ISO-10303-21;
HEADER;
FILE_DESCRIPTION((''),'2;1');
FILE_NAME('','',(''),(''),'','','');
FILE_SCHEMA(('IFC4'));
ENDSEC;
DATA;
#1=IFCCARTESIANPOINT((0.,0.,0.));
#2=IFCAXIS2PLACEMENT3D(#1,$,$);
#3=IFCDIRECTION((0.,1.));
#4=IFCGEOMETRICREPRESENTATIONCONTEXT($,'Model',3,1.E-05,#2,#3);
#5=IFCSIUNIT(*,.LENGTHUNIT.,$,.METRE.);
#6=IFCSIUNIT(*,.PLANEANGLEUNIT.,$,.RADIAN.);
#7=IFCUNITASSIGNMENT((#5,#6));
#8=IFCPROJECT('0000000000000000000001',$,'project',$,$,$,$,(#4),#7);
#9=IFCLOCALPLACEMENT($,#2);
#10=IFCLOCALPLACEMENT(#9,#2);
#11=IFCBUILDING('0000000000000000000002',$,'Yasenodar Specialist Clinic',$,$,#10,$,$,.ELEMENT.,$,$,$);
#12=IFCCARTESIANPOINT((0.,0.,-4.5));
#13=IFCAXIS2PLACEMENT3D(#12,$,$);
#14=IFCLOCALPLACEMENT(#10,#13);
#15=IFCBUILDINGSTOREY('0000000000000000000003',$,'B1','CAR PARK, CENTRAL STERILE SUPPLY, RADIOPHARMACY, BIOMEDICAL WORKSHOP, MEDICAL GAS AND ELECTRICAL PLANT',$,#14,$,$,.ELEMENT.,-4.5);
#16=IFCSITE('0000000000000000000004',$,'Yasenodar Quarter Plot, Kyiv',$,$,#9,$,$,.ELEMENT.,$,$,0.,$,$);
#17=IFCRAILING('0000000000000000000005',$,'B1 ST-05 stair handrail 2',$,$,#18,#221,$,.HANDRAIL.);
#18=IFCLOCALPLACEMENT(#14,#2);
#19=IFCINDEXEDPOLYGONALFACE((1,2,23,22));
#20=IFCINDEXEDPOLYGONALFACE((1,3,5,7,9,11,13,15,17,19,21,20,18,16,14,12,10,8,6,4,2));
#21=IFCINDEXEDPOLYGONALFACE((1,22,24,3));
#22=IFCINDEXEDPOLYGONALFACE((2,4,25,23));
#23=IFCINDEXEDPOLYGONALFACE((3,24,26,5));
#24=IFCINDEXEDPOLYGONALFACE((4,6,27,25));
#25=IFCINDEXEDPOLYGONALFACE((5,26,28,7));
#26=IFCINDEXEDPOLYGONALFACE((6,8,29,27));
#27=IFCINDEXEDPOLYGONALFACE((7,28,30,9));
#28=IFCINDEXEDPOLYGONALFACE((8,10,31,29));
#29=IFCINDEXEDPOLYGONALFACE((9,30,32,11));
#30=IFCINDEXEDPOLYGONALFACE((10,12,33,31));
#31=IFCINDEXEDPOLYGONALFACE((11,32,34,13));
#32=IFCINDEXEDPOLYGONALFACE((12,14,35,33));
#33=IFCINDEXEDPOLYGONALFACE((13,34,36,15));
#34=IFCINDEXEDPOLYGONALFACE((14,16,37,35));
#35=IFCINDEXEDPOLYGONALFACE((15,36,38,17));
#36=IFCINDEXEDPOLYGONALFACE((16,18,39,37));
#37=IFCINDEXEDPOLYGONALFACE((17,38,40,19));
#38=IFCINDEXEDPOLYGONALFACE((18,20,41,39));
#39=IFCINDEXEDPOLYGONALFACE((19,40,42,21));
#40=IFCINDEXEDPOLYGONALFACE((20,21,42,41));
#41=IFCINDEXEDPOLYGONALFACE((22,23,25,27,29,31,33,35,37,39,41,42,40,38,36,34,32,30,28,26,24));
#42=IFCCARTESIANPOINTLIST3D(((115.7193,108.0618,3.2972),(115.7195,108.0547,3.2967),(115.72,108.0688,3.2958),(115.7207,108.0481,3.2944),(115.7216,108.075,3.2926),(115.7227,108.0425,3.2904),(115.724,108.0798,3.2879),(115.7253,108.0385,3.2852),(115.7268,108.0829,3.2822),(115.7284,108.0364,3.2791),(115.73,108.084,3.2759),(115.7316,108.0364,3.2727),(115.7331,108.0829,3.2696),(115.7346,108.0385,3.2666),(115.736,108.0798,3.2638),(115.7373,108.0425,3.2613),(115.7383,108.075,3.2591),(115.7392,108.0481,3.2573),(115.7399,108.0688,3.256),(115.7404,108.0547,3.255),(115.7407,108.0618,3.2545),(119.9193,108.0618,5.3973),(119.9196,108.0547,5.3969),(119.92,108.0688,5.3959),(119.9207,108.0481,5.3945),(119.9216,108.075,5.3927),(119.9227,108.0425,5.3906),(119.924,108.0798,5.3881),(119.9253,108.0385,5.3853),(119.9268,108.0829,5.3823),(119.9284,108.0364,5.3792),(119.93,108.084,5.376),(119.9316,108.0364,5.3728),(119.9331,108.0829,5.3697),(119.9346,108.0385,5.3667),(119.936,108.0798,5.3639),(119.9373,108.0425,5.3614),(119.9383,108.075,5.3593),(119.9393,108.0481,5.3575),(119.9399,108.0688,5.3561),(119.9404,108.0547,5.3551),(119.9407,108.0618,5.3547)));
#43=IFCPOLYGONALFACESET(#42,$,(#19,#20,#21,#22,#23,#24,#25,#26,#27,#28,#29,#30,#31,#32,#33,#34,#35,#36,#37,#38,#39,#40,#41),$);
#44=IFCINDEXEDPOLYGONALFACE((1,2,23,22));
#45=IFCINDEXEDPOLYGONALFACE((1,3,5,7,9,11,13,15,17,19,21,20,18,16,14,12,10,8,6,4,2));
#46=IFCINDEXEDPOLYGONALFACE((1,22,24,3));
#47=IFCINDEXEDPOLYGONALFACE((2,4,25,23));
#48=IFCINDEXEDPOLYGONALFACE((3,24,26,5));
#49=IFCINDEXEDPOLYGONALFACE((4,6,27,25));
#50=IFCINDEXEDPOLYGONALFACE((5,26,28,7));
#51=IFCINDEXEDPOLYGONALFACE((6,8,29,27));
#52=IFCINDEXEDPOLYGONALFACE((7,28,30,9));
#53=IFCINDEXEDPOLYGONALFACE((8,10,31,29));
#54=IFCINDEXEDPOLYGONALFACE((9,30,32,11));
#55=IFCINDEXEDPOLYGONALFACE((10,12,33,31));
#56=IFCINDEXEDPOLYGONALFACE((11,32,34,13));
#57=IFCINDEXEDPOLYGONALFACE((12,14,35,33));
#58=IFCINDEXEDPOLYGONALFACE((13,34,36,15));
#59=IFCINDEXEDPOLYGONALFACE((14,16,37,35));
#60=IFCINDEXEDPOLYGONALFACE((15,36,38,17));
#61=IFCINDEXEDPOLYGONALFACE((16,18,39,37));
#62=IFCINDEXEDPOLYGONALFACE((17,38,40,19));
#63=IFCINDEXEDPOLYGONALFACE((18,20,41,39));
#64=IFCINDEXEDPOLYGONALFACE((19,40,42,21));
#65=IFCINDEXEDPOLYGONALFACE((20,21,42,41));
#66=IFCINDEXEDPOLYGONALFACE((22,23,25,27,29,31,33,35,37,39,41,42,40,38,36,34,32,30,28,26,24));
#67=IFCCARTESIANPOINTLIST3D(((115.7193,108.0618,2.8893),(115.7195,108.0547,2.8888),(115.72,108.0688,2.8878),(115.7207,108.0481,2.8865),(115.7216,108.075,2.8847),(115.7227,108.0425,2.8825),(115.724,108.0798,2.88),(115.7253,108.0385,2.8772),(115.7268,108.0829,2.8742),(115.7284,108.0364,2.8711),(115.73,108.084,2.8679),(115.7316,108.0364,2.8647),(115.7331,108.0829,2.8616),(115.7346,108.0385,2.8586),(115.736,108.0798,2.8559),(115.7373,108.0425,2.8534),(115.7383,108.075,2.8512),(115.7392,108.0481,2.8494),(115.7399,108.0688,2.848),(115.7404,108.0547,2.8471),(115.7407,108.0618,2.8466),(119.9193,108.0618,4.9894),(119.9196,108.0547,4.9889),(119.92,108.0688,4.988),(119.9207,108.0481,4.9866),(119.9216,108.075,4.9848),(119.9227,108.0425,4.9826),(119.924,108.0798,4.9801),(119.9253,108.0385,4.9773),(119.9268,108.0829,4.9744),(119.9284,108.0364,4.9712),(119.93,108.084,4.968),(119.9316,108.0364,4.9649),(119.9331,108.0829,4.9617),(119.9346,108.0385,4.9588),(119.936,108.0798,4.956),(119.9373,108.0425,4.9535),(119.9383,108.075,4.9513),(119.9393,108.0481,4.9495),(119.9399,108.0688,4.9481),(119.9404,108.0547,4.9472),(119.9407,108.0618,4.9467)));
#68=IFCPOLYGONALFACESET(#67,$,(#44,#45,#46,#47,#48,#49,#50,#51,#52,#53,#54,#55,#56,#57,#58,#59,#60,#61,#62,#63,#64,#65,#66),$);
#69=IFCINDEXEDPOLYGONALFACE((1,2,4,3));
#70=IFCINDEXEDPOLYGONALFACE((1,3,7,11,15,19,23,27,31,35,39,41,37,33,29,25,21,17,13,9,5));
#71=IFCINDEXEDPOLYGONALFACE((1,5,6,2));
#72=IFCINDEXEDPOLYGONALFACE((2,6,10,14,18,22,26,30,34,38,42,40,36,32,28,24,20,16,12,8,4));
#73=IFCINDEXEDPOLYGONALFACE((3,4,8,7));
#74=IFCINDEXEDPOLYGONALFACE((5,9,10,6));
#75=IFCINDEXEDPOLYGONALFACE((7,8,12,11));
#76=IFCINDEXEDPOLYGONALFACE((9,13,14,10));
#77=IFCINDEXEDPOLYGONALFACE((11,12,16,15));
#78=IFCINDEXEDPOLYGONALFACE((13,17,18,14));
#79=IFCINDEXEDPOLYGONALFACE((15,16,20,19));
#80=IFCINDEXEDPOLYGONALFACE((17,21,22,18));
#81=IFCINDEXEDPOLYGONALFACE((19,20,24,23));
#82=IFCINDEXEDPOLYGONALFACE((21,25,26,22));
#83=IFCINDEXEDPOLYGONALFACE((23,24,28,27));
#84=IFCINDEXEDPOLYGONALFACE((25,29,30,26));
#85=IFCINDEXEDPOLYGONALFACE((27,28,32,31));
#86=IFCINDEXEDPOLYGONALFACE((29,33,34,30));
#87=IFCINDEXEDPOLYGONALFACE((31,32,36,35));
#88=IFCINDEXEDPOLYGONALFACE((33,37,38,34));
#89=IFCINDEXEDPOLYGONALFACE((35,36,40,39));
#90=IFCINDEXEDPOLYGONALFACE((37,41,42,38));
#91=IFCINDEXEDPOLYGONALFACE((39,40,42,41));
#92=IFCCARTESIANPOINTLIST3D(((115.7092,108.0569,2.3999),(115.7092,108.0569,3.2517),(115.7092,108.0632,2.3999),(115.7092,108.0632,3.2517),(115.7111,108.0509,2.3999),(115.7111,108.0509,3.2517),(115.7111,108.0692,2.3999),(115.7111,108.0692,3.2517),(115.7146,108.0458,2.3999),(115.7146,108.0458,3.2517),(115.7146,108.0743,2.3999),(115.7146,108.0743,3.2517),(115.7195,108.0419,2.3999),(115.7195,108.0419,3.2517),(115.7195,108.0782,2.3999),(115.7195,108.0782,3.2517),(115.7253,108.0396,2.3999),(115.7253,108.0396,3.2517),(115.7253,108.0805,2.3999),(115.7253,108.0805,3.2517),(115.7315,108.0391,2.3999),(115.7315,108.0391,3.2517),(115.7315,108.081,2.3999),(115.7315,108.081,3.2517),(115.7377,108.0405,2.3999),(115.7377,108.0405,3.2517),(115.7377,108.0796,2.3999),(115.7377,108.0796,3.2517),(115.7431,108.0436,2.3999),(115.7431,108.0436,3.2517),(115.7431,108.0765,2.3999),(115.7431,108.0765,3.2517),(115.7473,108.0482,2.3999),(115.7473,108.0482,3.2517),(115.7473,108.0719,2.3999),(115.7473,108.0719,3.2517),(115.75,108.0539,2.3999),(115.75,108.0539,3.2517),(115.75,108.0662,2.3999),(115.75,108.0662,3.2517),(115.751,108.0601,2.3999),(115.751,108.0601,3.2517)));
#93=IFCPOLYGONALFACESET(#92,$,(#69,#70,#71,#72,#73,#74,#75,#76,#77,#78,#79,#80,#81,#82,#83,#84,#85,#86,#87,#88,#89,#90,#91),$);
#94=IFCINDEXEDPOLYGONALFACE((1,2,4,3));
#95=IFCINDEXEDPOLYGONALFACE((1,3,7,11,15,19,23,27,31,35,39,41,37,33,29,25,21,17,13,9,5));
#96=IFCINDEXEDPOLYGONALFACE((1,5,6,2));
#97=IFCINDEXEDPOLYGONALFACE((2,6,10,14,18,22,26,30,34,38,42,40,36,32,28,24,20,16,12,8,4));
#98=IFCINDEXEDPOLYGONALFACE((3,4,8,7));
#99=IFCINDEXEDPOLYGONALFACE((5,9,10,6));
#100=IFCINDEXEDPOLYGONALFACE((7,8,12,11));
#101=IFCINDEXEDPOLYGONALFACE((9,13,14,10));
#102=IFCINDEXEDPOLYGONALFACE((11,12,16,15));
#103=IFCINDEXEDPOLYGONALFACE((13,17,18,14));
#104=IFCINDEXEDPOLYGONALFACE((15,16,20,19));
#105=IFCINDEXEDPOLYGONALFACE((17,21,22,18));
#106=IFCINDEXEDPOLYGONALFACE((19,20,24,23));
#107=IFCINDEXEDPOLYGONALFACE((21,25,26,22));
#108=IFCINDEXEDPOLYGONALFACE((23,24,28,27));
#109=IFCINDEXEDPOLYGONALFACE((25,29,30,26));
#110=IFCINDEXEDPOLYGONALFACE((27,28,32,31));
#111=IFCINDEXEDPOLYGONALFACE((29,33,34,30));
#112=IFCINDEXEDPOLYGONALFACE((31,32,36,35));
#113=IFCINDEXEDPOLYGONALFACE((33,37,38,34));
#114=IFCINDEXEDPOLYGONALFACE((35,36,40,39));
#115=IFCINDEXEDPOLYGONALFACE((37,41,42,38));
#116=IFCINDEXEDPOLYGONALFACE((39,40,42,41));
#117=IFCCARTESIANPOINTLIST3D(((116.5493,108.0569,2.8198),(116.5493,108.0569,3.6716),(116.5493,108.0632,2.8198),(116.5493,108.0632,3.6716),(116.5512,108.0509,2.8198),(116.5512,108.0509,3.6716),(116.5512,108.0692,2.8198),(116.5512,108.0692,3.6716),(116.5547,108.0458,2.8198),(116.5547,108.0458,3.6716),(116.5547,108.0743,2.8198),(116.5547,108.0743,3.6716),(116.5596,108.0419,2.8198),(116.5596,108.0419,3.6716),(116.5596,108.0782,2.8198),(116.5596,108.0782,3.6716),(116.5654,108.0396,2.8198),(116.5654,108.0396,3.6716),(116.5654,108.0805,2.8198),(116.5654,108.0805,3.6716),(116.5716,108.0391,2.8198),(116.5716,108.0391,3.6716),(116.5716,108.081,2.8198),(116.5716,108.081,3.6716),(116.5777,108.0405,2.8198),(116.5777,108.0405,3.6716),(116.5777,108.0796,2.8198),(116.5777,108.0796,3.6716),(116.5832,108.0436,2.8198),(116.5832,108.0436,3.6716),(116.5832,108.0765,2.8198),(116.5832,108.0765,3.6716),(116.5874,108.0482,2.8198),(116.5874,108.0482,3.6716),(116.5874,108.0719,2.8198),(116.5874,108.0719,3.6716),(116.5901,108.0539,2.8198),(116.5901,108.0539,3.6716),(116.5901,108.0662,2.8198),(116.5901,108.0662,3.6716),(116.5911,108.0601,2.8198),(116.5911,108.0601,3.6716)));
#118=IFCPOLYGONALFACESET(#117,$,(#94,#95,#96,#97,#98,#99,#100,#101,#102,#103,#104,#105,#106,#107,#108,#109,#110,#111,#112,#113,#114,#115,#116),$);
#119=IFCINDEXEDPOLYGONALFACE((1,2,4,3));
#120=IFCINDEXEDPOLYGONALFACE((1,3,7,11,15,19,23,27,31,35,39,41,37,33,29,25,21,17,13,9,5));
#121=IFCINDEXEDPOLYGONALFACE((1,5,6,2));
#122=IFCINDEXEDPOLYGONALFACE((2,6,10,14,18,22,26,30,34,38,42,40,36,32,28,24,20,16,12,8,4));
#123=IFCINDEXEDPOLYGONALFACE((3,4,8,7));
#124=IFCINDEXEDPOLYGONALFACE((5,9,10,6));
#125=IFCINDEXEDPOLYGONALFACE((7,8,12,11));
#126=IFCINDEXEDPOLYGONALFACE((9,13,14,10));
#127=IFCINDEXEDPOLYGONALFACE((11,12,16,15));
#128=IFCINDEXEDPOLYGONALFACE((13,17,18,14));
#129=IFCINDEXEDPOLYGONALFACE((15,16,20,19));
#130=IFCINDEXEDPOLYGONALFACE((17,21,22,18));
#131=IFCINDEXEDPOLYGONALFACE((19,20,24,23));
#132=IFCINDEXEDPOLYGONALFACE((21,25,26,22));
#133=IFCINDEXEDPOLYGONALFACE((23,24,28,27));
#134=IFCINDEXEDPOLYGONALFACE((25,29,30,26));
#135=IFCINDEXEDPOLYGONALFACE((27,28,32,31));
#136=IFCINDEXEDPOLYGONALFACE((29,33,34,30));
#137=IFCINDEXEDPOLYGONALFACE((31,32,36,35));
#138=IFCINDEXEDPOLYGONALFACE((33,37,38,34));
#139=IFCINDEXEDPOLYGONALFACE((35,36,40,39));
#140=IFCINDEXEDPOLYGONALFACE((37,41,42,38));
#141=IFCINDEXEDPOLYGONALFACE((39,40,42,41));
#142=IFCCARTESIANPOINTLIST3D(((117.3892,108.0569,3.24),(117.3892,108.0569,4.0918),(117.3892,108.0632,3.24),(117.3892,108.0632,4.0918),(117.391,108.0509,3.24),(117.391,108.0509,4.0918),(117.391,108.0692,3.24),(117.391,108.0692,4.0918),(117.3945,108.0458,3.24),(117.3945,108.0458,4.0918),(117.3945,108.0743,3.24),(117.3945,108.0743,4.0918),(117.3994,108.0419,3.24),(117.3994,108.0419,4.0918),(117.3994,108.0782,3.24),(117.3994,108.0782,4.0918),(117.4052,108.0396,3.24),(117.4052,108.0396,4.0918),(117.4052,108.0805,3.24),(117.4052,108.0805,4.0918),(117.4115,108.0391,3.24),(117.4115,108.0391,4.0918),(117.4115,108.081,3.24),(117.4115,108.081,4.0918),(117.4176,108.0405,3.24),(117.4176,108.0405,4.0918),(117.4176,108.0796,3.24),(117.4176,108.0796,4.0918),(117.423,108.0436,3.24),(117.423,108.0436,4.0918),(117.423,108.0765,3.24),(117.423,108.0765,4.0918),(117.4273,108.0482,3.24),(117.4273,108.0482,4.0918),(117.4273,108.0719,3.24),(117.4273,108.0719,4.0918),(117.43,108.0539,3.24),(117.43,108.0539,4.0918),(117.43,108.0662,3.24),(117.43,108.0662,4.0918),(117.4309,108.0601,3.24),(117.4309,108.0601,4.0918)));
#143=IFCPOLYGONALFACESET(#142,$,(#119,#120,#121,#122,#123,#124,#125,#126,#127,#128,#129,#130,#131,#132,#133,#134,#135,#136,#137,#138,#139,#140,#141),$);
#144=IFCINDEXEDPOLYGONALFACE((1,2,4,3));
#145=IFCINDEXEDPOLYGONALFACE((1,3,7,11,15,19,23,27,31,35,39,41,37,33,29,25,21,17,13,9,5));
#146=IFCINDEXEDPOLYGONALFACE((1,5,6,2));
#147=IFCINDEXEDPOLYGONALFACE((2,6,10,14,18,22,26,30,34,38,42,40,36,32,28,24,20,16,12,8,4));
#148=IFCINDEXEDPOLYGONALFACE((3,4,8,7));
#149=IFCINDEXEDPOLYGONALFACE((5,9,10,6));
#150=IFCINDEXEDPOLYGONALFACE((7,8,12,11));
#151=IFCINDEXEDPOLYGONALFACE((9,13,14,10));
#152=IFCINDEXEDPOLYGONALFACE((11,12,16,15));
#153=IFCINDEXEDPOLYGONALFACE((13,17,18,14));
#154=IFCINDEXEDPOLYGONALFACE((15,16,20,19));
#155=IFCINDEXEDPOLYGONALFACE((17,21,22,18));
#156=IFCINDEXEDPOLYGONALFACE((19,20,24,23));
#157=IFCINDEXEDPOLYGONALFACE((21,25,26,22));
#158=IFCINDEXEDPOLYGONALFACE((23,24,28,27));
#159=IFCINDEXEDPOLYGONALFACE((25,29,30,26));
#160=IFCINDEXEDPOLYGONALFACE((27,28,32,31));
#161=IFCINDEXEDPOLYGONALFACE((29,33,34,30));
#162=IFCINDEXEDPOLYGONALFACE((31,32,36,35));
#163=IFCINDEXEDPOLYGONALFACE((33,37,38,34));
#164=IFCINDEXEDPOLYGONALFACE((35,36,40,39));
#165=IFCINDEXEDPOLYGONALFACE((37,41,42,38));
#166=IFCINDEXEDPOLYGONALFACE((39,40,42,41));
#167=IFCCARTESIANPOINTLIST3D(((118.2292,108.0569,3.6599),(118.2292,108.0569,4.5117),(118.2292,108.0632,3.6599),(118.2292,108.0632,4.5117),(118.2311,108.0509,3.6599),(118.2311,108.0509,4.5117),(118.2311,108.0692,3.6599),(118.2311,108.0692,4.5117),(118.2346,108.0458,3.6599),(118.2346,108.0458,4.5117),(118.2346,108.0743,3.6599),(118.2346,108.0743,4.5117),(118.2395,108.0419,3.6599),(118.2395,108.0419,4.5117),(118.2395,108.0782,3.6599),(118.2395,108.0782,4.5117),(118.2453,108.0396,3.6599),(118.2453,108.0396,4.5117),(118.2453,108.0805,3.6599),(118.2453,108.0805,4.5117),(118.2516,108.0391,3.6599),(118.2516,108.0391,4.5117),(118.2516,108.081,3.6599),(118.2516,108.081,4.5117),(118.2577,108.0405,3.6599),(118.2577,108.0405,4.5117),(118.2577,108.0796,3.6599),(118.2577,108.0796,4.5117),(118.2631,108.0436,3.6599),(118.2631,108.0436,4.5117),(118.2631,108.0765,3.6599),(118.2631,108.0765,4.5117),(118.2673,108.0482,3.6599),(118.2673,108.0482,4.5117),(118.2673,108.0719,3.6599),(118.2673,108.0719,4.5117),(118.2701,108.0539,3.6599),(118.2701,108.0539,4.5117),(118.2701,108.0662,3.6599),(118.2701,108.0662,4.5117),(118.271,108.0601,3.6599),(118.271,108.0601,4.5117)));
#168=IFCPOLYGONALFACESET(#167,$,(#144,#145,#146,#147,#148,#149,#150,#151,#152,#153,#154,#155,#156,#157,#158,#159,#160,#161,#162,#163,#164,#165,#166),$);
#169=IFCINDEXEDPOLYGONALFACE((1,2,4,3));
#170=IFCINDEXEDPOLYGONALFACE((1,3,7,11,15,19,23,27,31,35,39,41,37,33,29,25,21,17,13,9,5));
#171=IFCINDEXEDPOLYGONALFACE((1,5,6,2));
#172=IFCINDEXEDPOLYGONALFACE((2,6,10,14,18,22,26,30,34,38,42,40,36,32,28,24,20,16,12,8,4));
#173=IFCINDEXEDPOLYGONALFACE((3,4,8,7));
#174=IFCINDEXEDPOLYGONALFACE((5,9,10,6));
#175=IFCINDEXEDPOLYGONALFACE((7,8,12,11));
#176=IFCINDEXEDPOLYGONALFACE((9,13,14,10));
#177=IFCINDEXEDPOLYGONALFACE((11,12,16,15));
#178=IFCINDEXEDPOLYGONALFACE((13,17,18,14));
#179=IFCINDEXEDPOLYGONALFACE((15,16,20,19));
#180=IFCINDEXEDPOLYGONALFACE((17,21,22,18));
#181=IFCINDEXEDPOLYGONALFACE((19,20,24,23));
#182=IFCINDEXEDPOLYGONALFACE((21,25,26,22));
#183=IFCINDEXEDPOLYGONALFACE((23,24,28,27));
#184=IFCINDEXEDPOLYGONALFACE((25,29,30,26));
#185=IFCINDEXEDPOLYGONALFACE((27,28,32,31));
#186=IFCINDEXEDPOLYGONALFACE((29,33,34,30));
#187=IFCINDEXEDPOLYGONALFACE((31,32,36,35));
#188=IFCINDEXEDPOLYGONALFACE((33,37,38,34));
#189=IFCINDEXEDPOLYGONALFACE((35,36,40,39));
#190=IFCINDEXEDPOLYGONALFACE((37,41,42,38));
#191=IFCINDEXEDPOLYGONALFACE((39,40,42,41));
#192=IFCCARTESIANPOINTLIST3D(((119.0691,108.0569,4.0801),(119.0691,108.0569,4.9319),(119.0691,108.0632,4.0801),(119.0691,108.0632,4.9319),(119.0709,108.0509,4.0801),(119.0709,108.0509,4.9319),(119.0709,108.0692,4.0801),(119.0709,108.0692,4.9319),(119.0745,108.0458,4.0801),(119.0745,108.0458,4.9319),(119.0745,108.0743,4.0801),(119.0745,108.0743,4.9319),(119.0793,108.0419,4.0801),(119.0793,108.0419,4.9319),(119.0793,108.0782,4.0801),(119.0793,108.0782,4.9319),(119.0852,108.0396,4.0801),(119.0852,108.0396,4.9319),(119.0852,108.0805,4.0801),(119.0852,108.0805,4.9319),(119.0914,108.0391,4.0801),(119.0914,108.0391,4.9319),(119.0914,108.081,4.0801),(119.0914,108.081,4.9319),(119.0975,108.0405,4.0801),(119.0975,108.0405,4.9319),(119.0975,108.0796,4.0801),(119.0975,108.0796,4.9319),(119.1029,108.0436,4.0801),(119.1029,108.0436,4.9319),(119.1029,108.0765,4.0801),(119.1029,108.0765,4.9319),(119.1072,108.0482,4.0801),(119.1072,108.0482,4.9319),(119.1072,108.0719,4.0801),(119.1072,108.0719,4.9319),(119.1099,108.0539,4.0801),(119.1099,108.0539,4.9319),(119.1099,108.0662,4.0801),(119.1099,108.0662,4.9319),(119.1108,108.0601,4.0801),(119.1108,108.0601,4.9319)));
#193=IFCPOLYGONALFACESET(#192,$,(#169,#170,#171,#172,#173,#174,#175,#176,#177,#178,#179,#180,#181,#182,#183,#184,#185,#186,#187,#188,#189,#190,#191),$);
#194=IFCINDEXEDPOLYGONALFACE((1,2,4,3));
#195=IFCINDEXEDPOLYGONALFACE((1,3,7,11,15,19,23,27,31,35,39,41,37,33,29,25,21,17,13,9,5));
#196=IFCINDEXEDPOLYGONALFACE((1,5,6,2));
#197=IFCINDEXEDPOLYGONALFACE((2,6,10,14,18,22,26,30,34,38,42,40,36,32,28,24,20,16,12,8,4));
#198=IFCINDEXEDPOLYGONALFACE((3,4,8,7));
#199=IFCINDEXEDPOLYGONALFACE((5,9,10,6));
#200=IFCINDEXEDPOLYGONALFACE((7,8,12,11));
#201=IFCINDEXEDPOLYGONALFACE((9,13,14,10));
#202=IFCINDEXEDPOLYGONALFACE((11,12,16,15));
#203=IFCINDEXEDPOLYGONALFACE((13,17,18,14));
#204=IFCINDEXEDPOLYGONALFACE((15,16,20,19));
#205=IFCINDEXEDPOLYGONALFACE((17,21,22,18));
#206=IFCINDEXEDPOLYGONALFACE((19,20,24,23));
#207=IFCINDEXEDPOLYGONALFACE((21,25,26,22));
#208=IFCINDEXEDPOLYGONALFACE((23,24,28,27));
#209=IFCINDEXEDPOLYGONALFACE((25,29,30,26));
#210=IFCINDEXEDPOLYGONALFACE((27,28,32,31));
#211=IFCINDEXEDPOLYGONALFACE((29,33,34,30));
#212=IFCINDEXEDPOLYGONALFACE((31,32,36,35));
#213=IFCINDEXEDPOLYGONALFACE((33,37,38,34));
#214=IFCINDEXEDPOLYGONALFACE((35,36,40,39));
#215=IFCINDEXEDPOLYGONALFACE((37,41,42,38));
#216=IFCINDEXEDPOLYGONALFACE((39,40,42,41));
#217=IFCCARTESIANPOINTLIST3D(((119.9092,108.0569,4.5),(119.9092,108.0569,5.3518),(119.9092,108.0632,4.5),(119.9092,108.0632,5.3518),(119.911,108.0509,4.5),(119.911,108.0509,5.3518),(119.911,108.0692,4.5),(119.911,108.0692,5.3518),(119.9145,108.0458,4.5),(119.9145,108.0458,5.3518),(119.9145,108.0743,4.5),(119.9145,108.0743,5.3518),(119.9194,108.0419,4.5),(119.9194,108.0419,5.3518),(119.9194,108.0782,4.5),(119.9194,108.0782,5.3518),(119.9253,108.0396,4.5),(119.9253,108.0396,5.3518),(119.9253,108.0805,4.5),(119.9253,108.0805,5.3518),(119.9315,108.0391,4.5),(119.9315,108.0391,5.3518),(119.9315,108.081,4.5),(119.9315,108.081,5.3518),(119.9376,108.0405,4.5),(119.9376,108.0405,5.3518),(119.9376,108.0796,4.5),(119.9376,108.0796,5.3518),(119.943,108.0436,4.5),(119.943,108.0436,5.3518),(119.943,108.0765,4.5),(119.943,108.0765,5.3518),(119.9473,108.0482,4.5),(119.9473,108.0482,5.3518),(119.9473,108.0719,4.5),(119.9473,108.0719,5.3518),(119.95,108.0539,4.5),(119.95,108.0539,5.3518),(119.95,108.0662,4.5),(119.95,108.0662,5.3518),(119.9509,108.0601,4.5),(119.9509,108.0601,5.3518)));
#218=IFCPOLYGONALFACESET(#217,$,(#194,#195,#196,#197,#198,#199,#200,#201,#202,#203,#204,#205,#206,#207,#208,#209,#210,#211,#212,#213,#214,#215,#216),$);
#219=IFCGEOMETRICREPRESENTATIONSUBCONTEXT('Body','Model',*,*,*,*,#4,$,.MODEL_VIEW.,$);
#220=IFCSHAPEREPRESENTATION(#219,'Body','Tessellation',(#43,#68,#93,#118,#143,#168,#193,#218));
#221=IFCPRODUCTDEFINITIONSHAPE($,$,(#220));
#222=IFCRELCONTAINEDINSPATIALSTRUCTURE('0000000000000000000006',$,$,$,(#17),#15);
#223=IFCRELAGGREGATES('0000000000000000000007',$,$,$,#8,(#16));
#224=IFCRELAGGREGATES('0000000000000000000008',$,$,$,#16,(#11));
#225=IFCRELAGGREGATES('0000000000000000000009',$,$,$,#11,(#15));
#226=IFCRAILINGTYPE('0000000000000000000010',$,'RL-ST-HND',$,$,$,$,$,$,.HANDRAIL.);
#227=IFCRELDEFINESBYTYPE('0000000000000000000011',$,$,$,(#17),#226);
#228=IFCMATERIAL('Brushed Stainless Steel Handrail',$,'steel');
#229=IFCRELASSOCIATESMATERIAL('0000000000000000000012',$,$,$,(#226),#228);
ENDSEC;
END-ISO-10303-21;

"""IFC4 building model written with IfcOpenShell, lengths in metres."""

from ifc_helpers import new_model, si_unit, direction, frame, origin, origin_2d, place, context, subcontext, project, spatial, circle, extrude, material, type_object, element, save


model = new_model("IFC4")

# Units and contexts
model_context = context("Model", 3, precision=1e-05, world=origin(), true_north=direction((0.0, 1.0)))
body_context = subcontext(model_context, "Body", "Model", "MODEL_VIEW")
ifc_project = project(units=[si_unit("LENGTHUNIT", "METRE"), si_unit("PLANEANGLEUNIT", "RADIAN")], contexts=[model_context])

# Site, building, storey
site_placement = place(None, origin())
site = spatial("IfcSite", under=ifc_project, at=site_placement, Name="Yasenodar Quarter Plot, Kyiv", CompositionType="ELEMENT", RefElevation=0.0)
building_placement = place(site_placement, origin())
building = spatial("IfcBuilding", under=site, at=building_placement, Name="Yasenodar Specialist Clinic", CompositionType="ELEMENT")
storey_placement = place(building_placement, frame((0.0, 0.0, -4.5)))
storey = spatial("IfcBuildingStorey", under=building, at=storey_placement, Name="B1", Description="CAR PARK, CENTRAL STERILE SUPPLY, RADIOPHARMACY, BIOMEDICAL WORKSHOP, MEDICAL GAS AND ELECTRICAL PLANT", CompositionType="ELEMENT", Elevation=-4.5)

# Railing
ifc_material_1 = material(Name="Brushed Stainless Steel Handrail", Category="steel")
railing_type_1 = type_object("IfcRailingType", Name="RL-ST-HND", PredefinedType="HANDRAIL", material=ifc_material_1)
railing_1_placement = place(storey_placement, frame((115.73, 108.0601, 2.3999)))
element("IfcRailing", 1, at=railing_1_placement, inside=storey, type_object=railing_type_1, Name="B1 ST-05 stair handrail 2", PredefinedType="HANDRAIL", context=body_context, shape_type="SweptSolid", body=[
    extrude(circle(Radius=0.0239, at=origin_2d()), frame((0.0, 0.0, 0.876), z_axis=(0.894417, 0.0, 0.447234), x_axis=(0.0, 1.0, 0.0)), (0.0, 0.0, 1.0), 4.6958),
    extrude(circle(Radius=0.0239, at=origin_2d()), frame((0.0, 0.0, 0.468), z_axis=(0.894417, 0.0, 0.447234), x_axis=(0.0, 1.0, 0.0)), (0.0, 0.0, 1.0), 4.6958),
    extrude(circle(Radius=0.021, at=origin_2d()), origin(), (0.0, 0.0, 1.0), 0.8518),
    extrude(circle(Radius=0.021, at=origin_2d()), frame((0.8401, 0.0, 0.4199)), (0.0, 0.0, 1.0), 0.8518),
    extrude(circle(Radius=0.021, at=origin_2d()), frame((1.6799, 0.0, 0.8401)), (0.0, 0.0, 1.0), 0.8518),
    extrude(circle(Radius=0.021, at=origin_2d()), frame((2.52, 0.0, 1.26)), (0.0, 0.0, 1.0), 0.8518),
    extrude(circle(Radius=0.021, at=origin_2d()), frame((3.3599, 0.0, 1.6802)), (0.0, 0.0, 1.0), 0.8518),
    extrude(circle(Radius=0.021, at=origin_2d()), frame((4.2, 0.0, 2.1001)), (0.0, 0.0, 1.0), 0.8518),
])

save(model, "model.ifc")
